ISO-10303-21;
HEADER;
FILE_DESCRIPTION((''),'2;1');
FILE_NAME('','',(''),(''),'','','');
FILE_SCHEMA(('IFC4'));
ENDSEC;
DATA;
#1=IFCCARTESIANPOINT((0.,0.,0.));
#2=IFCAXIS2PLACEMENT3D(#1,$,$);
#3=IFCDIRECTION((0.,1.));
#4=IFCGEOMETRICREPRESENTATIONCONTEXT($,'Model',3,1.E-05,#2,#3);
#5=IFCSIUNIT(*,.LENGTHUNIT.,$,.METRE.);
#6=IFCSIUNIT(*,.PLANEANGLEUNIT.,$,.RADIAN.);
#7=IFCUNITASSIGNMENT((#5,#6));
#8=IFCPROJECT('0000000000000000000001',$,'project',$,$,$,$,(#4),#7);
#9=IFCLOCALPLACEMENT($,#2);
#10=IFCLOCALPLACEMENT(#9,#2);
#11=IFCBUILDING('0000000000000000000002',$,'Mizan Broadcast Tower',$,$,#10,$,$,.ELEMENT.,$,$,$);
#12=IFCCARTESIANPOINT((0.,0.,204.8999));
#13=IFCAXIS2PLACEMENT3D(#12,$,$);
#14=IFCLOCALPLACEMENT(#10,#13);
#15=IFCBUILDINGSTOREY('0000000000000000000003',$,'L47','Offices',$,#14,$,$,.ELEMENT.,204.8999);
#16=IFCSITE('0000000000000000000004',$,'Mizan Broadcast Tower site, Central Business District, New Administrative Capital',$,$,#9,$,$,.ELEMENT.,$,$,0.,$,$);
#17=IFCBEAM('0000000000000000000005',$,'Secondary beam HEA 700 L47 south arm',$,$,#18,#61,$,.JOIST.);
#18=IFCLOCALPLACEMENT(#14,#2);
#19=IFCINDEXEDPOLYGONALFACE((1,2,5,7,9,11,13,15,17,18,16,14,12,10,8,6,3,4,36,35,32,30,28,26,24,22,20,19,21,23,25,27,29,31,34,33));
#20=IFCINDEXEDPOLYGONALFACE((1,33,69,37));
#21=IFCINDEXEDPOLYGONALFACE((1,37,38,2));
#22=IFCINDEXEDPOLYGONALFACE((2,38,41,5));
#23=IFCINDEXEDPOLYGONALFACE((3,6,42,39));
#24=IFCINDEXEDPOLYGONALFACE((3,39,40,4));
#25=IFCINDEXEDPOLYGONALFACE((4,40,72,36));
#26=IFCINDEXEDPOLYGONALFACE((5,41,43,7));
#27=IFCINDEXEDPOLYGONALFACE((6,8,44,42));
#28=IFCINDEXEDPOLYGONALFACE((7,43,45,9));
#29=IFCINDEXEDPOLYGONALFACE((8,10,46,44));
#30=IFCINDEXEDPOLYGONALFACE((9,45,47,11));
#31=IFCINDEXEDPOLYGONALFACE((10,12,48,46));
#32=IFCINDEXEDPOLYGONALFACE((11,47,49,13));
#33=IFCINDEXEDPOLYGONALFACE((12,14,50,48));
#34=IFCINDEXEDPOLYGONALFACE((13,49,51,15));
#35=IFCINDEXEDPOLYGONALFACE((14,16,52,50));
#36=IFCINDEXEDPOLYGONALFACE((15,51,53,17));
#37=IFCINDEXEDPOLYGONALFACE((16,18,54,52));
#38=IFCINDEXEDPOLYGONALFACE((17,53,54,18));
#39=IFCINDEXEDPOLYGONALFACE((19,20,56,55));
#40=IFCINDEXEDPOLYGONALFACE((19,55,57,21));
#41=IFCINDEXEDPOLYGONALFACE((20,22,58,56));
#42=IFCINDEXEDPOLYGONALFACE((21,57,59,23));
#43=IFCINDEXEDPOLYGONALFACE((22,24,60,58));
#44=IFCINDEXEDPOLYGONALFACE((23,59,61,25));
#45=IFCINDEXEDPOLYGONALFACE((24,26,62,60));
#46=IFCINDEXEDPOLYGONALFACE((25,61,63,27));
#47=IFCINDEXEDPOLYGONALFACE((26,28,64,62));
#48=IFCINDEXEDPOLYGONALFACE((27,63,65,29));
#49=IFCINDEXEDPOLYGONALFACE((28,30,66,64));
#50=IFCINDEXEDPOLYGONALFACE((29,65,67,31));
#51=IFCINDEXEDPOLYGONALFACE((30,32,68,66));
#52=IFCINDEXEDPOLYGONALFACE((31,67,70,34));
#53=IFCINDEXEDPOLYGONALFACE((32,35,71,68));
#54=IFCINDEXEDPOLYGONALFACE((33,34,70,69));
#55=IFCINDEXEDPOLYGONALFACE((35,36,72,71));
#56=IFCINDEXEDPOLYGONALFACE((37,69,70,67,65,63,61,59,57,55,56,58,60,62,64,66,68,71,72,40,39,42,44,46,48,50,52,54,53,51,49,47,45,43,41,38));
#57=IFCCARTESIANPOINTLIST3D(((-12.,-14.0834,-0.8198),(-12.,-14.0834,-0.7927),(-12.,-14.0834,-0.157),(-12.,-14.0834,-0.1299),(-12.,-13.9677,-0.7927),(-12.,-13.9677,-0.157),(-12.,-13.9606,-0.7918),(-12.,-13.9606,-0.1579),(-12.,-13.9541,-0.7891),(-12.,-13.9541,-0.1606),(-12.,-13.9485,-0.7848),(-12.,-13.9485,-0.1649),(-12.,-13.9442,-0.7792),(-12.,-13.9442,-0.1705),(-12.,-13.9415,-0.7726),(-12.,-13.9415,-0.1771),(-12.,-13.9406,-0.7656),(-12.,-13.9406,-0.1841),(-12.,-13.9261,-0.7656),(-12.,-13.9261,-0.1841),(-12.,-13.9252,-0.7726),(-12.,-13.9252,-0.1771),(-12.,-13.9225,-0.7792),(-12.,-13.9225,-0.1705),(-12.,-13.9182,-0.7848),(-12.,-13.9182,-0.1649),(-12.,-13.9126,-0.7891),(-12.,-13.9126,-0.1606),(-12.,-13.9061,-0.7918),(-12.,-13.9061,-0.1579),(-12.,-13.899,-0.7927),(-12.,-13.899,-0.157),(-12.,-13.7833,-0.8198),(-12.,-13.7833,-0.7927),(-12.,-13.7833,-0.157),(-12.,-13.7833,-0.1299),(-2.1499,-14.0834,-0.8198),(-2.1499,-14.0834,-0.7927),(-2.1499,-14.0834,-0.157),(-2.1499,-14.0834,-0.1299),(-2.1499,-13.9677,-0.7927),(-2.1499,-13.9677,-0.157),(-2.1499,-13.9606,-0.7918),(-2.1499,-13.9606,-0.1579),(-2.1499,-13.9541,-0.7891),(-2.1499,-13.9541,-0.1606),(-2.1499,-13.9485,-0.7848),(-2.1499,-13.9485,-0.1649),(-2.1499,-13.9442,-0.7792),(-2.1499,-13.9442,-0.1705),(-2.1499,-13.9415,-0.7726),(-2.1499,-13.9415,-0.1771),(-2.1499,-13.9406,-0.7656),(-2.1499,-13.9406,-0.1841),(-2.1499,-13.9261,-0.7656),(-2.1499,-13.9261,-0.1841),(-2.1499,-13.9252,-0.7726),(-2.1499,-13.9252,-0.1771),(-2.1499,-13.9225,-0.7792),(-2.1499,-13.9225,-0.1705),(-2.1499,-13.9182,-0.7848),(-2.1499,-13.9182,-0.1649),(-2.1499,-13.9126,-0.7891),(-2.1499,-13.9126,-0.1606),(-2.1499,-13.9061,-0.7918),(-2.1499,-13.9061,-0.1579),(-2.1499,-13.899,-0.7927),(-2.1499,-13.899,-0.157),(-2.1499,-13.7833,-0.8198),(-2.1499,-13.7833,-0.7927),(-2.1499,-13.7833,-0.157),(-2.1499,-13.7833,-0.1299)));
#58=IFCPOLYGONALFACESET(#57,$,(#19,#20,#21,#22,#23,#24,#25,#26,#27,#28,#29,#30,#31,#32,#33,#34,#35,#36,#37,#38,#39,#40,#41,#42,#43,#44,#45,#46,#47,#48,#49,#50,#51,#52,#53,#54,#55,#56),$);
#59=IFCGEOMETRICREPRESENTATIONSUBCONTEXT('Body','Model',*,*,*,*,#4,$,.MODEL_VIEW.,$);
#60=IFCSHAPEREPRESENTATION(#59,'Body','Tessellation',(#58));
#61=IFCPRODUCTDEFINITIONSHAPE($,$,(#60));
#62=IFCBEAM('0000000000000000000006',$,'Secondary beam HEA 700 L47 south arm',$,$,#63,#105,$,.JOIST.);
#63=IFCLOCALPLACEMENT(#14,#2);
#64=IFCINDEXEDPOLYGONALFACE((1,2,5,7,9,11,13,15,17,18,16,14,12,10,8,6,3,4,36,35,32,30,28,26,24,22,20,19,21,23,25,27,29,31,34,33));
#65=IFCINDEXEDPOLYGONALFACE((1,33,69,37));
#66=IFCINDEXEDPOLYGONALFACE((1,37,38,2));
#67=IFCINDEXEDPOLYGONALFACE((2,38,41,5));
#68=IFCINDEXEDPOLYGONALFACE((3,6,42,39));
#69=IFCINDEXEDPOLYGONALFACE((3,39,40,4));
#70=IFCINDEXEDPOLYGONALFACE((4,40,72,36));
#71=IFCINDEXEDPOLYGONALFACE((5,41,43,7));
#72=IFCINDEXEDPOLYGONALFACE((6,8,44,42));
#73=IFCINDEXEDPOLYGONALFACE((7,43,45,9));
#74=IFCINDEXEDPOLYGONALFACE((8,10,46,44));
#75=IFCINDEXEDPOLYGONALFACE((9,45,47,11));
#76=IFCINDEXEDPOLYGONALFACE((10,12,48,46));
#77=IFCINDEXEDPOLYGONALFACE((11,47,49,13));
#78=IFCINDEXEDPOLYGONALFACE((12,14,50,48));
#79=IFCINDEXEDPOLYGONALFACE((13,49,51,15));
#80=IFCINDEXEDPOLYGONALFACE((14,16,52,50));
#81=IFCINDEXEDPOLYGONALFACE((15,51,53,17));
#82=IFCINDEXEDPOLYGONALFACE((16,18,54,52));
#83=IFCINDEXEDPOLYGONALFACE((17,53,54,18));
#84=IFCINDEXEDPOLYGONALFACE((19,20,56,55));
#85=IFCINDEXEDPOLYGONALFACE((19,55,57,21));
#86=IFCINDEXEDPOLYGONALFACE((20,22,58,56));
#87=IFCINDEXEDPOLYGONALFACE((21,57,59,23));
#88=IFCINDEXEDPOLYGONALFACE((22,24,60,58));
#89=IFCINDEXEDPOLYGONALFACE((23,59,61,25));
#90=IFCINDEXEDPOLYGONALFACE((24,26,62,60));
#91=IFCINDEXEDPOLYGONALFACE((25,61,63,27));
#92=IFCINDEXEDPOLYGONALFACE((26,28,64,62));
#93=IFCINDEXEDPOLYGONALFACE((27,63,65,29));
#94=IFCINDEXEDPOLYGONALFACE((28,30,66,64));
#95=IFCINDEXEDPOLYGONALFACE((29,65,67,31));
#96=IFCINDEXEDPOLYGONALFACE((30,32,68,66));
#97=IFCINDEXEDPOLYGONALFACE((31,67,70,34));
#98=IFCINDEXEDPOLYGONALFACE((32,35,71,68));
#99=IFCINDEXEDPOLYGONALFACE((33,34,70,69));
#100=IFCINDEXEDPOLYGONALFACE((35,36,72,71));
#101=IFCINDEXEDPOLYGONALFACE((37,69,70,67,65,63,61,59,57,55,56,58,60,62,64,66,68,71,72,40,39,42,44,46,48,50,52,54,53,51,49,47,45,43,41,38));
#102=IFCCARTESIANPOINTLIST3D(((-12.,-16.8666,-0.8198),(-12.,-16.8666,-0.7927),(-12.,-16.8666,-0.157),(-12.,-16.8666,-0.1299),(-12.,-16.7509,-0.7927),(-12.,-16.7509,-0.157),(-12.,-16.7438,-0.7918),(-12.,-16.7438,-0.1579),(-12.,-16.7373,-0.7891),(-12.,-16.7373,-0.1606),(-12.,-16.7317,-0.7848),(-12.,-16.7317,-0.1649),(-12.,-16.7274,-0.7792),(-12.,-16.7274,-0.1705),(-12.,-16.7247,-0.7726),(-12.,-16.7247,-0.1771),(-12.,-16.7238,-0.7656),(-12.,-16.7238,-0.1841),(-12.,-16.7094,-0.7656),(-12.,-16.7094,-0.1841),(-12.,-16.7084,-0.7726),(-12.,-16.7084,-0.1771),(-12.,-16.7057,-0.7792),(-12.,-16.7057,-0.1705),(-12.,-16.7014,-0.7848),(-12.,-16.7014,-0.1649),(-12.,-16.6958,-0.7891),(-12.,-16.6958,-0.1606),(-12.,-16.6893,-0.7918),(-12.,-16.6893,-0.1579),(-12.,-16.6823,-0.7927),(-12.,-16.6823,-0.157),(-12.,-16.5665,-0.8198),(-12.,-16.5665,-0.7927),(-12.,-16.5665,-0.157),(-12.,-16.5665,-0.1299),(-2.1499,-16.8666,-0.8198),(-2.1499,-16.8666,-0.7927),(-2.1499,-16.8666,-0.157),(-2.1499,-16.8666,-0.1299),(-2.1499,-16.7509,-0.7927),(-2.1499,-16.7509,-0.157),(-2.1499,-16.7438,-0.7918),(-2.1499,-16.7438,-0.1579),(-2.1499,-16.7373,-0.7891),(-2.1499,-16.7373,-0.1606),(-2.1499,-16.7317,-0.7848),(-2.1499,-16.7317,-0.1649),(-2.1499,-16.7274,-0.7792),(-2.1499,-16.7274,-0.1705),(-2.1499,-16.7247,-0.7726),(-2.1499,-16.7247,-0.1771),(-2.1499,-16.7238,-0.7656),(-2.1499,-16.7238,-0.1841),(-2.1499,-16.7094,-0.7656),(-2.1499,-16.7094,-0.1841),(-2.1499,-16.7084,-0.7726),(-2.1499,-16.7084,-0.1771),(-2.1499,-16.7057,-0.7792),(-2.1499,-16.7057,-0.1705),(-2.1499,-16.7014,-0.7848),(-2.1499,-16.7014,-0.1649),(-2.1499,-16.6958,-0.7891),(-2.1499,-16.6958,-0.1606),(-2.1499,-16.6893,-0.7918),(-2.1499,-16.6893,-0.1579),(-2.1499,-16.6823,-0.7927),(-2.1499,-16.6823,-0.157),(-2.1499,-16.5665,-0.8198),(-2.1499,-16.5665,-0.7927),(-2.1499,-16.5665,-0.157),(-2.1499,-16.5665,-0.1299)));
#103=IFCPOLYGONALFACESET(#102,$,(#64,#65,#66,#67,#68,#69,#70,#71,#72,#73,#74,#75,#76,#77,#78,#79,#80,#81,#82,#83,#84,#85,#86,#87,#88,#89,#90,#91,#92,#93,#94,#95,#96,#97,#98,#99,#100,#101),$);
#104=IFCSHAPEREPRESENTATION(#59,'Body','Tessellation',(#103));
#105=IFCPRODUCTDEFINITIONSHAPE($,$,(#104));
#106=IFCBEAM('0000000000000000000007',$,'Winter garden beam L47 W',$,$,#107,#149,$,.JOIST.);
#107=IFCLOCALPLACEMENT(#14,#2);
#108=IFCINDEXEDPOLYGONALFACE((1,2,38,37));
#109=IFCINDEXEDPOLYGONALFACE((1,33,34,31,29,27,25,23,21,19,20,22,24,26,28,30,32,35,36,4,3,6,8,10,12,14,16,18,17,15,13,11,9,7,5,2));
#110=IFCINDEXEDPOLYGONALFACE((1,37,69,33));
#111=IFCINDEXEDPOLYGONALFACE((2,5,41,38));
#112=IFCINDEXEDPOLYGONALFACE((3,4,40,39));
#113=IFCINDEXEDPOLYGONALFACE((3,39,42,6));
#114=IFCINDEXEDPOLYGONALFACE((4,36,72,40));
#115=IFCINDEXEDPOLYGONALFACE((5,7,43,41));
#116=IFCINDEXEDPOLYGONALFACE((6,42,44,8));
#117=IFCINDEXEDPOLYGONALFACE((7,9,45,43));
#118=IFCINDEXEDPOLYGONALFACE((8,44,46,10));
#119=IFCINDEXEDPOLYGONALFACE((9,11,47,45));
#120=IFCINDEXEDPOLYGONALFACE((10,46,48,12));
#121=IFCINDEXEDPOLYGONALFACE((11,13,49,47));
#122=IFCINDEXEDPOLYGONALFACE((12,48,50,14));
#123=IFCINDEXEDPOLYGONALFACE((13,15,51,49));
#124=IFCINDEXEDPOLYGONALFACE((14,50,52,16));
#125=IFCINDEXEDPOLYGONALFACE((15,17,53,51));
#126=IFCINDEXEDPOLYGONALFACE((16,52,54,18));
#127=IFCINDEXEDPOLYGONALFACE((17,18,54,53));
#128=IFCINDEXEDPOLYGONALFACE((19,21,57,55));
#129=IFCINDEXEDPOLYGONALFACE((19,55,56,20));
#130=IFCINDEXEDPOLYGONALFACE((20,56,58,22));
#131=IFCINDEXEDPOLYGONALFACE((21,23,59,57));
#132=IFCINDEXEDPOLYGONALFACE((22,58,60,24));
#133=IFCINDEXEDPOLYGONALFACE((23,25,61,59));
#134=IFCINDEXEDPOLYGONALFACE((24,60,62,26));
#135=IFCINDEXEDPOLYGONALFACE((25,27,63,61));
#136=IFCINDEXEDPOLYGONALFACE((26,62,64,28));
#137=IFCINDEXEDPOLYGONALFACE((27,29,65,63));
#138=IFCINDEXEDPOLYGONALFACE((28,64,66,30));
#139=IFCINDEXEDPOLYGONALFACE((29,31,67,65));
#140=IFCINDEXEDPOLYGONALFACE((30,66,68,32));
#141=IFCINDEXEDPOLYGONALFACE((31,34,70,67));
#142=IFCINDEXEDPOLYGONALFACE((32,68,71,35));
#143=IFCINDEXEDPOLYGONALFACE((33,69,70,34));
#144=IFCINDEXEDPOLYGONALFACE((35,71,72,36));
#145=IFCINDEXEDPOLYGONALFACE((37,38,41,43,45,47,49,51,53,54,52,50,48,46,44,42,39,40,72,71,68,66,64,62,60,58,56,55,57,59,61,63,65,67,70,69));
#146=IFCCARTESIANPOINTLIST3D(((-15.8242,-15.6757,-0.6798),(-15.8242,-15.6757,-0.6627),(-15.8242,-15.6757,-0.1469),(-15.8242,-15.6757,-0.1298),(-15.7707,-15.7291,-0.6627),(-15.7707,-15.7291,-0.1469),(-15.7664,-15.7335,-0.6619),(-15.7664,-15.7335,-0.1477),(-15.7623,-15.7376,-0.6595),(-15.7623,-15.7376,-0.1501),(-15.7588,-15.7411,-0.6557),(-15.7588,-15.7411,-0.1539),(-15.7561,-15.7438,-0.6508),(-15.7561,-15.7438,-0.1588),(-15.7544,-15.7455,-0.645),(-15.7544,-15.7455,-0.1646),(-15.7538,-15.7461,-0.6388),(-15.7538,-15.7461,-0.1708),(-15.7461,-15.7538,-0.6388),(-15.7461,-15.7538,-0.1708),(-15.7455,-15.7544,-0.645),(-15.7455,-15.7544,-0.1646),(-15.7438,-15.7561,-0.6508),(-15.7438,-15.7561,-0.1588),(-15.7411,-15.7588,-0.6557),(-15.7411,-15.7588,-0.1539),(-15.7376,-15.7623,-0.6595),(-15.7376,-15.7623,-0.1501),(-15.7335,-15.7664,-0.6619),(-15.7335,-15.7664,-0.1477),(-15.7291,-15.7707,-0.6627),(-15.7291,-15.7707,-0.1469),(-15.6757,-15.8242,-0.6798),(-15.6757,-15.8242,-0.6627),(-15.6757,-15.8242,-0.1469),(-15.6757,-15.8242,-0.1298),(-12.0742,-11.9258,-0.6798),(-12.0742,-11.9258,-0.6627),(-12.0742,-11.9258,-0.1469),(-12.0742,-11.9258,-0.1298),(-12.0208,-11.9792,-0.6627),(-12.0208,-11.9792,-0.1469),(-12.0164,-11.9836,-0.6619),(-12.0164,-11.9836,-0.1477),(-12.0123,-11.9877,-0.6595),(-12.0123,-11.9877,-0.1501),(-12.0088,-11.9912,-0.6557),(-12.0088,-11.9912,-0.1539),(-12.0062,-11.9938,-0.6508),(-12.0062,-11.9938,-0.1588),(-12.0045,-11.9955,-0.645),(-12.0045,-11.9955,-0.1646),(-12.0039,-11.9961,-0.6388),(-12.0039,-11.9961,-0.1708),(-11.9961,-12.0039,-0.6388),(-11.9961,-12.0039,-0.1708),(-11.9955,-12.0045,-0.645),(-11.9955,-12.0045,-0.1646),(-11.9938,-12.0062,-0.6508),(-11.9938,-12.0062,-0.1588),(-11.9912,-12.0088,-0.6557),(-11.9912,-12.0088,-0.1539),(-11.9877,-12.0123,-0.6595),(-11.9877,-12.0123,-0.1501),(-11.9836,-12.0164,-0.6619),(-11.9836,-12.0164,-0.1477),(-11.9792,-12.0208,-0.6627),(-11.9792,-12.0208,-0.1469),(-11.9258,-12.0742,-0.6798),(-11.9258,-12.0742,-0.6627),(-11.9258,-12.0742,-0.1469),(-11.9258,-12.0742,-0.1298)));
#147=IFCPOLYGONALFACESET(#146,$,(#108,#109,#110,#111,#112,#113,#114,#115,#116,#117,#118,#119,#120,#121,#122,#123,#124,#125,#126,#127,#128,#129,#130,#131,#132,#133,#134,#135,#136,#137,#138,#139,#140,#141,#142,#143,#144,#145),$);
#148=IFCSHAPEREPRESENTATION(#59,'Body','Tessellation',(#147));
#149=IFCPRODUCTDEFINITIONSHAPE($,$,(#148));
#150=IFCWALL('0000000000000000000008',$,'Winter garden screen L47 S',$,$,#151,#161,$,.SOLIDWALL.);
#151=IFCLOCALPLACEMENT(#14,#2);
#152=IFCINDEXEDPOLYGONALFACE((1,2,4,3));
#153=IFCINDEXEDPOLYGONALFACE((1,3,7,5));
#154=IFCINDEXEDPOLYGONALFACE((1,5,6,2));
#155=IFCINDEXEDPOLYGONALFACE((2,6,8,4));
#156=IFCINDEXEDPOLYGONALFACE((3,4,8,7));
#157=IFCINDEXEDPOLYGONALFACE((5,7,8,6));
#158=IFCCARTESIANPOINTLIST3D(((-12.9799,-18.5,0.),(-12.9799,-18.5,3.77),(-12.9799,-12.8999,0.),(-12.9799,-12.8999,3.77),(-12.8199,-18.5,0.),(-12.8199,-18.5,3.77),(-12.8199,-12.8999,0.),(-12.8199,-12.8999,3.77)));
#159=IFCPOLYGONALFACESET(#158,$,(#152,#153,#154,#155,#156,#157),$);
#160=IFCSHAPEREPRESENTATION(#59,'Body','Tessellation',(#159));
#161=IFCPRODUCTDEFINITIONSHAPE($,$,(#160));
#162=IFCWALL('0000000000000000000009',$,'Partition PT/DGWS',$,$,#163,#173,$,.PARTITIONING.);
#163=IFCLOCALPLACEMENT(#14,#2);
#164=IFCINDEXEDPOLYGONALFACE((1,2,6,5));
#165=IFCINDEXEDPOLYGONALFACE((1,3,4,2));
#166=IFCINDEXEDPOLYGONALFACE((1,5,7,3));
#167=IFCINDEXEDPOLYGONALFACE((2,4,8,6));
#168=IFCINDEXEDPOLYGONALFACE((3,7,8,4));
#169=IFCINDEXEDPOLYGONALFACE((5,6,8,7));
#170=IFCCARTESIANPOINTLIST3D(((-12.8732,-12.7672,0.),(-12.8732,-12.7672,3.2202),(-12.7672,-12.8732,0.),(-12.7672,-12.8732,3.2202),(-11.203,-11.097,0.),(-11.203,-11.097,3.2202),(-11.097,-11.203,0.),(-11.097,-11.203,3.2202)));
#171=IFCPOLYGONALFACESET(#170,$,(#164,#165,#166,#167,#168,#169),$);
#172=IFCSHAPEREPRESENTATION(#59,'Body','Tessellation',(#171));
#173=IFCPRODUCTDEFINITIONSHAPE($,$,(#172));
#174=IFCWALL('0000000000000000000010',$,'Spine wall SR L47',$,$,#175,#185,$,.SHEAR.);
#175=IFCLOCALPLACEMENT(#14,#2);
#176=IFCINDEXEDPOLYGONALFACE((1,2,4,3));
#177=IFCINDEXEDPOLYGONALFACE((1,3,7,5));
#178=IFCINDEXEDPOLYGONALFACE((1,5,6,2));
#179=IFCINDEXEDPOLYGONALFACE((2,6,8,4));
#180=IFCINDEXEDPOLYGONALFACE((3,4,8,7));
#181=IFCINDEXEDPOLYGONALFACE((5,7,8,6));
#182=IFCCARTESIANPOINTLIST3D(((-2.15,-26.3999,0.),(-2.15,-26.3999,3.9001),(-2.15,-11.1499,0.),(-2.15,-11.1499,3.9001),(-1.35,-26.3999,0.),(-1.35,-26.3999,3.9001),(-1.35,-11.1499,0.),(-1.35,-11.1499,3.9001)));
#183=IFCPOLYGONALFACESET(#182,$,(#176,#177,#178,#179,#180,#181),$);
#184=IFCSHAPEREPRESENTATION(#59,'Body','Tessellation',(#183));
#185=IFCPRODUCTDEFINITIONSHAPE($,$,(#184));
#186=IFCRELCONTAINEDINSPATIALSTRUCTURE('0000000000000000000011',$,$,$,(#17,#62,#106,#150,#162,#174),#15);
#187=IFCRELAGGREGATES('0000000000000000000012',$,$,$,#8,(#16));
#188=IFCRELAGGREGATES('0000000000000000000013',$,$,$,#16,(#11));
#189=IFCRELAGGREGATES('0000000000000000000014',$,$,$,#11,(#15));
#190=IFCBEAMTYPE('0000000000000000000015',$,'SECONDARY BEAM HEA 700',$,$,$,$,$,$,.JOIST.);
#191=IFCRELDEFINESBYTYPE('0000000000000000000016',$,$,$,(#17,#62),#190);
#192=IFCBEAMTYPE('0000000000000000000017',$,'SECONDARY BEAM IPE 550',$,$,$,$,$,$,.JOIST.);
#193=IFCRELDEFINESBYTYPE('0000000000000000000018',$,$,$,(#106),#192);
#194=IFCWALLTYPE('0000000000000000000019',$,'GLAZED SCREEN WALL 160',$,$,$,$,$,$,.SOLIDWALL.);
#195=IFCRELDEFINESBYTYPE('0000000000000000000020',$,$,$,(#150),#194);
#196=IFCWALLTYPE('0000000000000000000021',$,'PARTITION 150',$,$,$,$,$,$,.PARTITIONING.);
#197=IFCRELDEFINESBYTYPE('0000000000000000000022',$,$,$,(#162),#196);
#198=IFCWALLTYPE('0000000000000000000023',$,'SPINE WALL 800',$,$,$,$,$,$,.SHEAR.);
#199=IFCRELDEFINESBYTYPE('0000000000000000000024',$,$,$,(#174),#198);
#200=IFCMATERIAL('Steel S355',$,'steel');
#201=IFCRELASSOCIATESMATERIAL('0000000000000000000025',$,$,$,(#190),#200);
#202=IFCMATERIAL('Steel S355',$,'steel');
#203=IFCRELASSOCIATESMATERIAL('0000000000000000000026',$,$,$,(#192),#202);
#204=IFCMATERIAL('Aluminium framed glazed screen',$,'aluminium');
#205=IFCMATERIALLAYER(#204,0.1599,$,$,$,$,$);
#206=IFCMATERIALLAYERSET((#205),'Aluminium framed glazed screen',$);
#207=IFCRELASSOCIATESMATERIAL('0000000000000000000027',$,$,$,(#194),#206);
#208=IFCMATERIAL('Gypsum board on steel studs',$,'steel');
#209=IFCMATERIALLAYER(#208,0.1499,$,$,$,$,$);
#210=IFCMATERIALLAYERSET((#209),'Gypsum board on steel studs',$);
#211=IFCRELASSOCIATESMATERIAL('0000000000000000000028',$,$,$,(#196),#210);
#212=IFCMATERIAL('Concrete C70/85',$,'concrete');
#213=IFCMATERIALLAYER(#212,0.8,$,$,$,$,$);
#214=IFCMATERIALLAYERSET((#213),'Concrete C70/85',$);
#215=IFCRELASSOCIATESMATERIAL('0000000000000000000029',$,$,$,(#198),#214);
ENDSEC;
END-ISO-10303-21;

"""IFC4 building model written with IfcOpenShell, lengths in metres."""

from ifc_helpers import new_model, si_unit, direction, frame, frame_2d, origin, origin_2d, place, context, subcontext, project, spatial, rectangle, i_section, extrude, material, layer, layer_set, material_profile, profile_set, type_object, element, save


model = new_model("IFC4")

# Units and contexts
model_context = context("Model", 3, precision=1e-05, world=origin(), true_north=direction((0.0, 1.0)))
body_context = subcontext(model_context, "Body", "Model", "MODEL_VIEW")
ifc_project = project(units=[si_unit("LENGTHUNIT", "METRE"), si_unit("PLANEANGLEUNIT", "RADIAN")], contexts=[model_context])

# Site, building, storey
site_placement = place(None, origin())
site = spatial("IfcSite", under=ifc_project, at=site_placement, Name="Mizan Broadcast Tower site, Central Business District, New Administrative Capital", CompositionType="ELEMENT", RefElevation=0.0)
building_placement = place(site_placement, origin())
building = spatial("IfcBuilding", under=site, at=building_placement, Name="Mizan Broadcast Tower", CompositionType="ELEMENT")
storey_placement = place(building_placement, frame((0.0, 0.0, 204.8999)))
storey = spatial("IfcBuildingStorey", under=building, at=storey_placement, Name="L47", Description="Offices", CompositionType="ELEMENT", Elevation=204.8999)

# Beams
ifc_material_1 = material(Name="Steel S355", Category="steel")
ifc_material_profile_1 = material_profile(ifc_material_1, i_section(OverallWidth=0.3, OverallDepth=0.6899, WebThickness=0.0144, FlangeThickness=0.0271, FilletRadius=0.0271, at=origin_2d()), Name="HEA 700")
ifc_profile_set_1 = profile_set([ifc_material_profile_1], Name="Steel S355")
beam_type_1 = type_object("IfcBeamType", Name="SECONDARY BEAM HEA 700", PredefinedType="JOIST", material=ifc_profile_set_1)
for number, where, z_axis, x_axis, name in (
    (1, (-12.0, -13.9333, -0.4749), (1.0, 0.0, 0.0), (0.0, 1.0, 0.0), "Secondary beam HEA 700 L47 south arm"),
    (2, (-12.0, -16.7166, -0.4749), (1.0, 0.0, 0.0), (0.0, 1.0, 0.0), "Secondary beam HEA 700 L47 south arm"),
):
    element("IfcBeam", number, at=place(storey_placement, frame(where, z_axis=z_axis, x_axis=x_axis)), inside=storey, type_object=beam_type_1, Name=name, PredefinedType="JOIST", context=body_context, shape_type="SweptSolid", body=[
        extrude(i_section(OverallWidth=0.3, OverallDepth=0.6899, WebThickness=0.0144, FlangeThickness=0.0271, FilletRadius=0.0271, at=origin_2d()), origin(), (0.0, 0.0, 1.0), 9.8501),
    ])
ifc_material_2 = material(Name="Steel S355", Category="steel")
ifc_material_profile_2 = material_profile(ifc_material_2, i_section(OverallWidth=0.21, OverallDepth=0.55, WebThickness=0.011, FlangeThickness=0.0171, FilletRadius=0.0239, at=origin_2d()), Name="IPE 550")
ifc_profile_set_2 = profile_set([ifc_material_profile_2], Name="Steel S355")
beam_type_2 = type_object("IfcBeamType", Name="SECONDARY BEAM IPE 550", PredefinedType="JOIST", material=ifc_profile_set_2)
beam_1_placement = place(storey_placement, frame((-12.0, -12.0, -0.4048), z_axis=(-0.707107, -0.707107, 0.0), x_axis=(0.707107, -0.707107, 0.0)))
element("IfcBeam", 3, at=beam_1_placement, inside=storey, type_object=beam_type_2, Name="Winter garden beam L47 W", PredefinedType="JOIST", context=body_context, shape_type="SweptSolid", body=[
    extrude(i_section(OverallWidth=0.21, OverallDepth=0.55, WebThickness=0.011, FlangeThickness=0.0171, FilletRadius=0.0239, at=origin_2d()), origin(), (0.0, 0.0, 1.0), 5.3032),
])

# Walls
ifc_material_3 = material(Name="Aluminium framed glazed screen", Category="aluminium")
ifc_layer_1 = layer(ifc_material_3, 0.1599)
ifc_layer_set_1 = layer_set([ifc_layer_1], Name="Aluminium framed glazed screen")
wall_type_1 = type_object("IfcWallType", Name="GLAZED SCREEN WALL 160", PredefinedType="SOLIDWALL", material=ifc_layer_set_1)
wall_1_placement = place(storey_placement, frame((-12.8999, -12.8999, 0.0), z_axis=(0.0, 0.0, 1.0), x_axis=(0.0, -1.0, 0.0)))
element("IfcWall", 4, at=wall_1_placement, inside=storey, type_object=wall_type_1, Name="Winter garden screen L47 S", PredefinedType="SOLIDWALL", context=body_context, shape_type="SweptSolid", body=[
    extrude(rectangle(XDim=5.6001, YDim=0.1599, at=frame_2d((2.8, 0.0))), origin(), (0.0, 0.0, 1.0), 3.77),
])
ifc_material_4 = material(Name="Gypsum board on steel studs", Category="steel")
ifc_layer_2 = layer(ifc_material_4, 0.1499)
ifc_layer_set_2 = layer_set([ifc_layer_2], Name="Gypsum board on steel studs")
wall_type_2 = type_object("IfcWallType", Name="PARTITION 150", PredefinedType="PARTITIONING", material=ifc_layer_set_2)
wall_2_placement = place(storey_placement, frame((-11.1499, -11.1499, 0.0), z_axis=(0.0, 0.0, 1.0), x_axis=(-0.707107, -0.707107, 0.0)))
element("IfcWall", 5, at=wall_2_placement, inside=storey, type_object=wall_type_2, Name="Partition PT/DGWS", PredefinedType="PARTITIONING", context=body_context, shape_type="SweptSolid", body=[
    extrude(rectangle(XDim=2.3621, YDim=0.1499, at=frame_2d((1.1812, 0.0))), origin(), (0.0, 0.0, 1.0), 3.2202),
])
ifc_material_5 = material(Name="Concrete C70/85", Category="concrete")
ifc_layer_3 = layer(ifc_material_5, 0.8)
ifc_layer_set_3 = layer_set([ifc_layer_3], Name="Concrete C70/85")
wall_type_3 = type_object("IfcWallType", Name="SPINE WALL 800", PredefinedType="SHEAR", material=ifc_layer_set_3)
wall_3_placement = place(storey_placement, frame((-1.75, -11.1499, 0.0), z_axis=(0.0, 0.0, 1.0), x_axis=(0.0, -1.0, 0.0)))
element("IfcWall", 6, at=wall_3_placement, inside=storey, type_object=wall_type_3, Name="Spine wall SR L47", PredefinedType="SHEAR", context=body_context, shape_type="SweptSolid", body=[
    extrude(rectangle(XDim=15.25, YDim=0.8, at=frame_2d((7.625, 0.0))), origin(), (0.0, 0.0, 1.0), 3.9001),
])

save(model, "model.ifc")
